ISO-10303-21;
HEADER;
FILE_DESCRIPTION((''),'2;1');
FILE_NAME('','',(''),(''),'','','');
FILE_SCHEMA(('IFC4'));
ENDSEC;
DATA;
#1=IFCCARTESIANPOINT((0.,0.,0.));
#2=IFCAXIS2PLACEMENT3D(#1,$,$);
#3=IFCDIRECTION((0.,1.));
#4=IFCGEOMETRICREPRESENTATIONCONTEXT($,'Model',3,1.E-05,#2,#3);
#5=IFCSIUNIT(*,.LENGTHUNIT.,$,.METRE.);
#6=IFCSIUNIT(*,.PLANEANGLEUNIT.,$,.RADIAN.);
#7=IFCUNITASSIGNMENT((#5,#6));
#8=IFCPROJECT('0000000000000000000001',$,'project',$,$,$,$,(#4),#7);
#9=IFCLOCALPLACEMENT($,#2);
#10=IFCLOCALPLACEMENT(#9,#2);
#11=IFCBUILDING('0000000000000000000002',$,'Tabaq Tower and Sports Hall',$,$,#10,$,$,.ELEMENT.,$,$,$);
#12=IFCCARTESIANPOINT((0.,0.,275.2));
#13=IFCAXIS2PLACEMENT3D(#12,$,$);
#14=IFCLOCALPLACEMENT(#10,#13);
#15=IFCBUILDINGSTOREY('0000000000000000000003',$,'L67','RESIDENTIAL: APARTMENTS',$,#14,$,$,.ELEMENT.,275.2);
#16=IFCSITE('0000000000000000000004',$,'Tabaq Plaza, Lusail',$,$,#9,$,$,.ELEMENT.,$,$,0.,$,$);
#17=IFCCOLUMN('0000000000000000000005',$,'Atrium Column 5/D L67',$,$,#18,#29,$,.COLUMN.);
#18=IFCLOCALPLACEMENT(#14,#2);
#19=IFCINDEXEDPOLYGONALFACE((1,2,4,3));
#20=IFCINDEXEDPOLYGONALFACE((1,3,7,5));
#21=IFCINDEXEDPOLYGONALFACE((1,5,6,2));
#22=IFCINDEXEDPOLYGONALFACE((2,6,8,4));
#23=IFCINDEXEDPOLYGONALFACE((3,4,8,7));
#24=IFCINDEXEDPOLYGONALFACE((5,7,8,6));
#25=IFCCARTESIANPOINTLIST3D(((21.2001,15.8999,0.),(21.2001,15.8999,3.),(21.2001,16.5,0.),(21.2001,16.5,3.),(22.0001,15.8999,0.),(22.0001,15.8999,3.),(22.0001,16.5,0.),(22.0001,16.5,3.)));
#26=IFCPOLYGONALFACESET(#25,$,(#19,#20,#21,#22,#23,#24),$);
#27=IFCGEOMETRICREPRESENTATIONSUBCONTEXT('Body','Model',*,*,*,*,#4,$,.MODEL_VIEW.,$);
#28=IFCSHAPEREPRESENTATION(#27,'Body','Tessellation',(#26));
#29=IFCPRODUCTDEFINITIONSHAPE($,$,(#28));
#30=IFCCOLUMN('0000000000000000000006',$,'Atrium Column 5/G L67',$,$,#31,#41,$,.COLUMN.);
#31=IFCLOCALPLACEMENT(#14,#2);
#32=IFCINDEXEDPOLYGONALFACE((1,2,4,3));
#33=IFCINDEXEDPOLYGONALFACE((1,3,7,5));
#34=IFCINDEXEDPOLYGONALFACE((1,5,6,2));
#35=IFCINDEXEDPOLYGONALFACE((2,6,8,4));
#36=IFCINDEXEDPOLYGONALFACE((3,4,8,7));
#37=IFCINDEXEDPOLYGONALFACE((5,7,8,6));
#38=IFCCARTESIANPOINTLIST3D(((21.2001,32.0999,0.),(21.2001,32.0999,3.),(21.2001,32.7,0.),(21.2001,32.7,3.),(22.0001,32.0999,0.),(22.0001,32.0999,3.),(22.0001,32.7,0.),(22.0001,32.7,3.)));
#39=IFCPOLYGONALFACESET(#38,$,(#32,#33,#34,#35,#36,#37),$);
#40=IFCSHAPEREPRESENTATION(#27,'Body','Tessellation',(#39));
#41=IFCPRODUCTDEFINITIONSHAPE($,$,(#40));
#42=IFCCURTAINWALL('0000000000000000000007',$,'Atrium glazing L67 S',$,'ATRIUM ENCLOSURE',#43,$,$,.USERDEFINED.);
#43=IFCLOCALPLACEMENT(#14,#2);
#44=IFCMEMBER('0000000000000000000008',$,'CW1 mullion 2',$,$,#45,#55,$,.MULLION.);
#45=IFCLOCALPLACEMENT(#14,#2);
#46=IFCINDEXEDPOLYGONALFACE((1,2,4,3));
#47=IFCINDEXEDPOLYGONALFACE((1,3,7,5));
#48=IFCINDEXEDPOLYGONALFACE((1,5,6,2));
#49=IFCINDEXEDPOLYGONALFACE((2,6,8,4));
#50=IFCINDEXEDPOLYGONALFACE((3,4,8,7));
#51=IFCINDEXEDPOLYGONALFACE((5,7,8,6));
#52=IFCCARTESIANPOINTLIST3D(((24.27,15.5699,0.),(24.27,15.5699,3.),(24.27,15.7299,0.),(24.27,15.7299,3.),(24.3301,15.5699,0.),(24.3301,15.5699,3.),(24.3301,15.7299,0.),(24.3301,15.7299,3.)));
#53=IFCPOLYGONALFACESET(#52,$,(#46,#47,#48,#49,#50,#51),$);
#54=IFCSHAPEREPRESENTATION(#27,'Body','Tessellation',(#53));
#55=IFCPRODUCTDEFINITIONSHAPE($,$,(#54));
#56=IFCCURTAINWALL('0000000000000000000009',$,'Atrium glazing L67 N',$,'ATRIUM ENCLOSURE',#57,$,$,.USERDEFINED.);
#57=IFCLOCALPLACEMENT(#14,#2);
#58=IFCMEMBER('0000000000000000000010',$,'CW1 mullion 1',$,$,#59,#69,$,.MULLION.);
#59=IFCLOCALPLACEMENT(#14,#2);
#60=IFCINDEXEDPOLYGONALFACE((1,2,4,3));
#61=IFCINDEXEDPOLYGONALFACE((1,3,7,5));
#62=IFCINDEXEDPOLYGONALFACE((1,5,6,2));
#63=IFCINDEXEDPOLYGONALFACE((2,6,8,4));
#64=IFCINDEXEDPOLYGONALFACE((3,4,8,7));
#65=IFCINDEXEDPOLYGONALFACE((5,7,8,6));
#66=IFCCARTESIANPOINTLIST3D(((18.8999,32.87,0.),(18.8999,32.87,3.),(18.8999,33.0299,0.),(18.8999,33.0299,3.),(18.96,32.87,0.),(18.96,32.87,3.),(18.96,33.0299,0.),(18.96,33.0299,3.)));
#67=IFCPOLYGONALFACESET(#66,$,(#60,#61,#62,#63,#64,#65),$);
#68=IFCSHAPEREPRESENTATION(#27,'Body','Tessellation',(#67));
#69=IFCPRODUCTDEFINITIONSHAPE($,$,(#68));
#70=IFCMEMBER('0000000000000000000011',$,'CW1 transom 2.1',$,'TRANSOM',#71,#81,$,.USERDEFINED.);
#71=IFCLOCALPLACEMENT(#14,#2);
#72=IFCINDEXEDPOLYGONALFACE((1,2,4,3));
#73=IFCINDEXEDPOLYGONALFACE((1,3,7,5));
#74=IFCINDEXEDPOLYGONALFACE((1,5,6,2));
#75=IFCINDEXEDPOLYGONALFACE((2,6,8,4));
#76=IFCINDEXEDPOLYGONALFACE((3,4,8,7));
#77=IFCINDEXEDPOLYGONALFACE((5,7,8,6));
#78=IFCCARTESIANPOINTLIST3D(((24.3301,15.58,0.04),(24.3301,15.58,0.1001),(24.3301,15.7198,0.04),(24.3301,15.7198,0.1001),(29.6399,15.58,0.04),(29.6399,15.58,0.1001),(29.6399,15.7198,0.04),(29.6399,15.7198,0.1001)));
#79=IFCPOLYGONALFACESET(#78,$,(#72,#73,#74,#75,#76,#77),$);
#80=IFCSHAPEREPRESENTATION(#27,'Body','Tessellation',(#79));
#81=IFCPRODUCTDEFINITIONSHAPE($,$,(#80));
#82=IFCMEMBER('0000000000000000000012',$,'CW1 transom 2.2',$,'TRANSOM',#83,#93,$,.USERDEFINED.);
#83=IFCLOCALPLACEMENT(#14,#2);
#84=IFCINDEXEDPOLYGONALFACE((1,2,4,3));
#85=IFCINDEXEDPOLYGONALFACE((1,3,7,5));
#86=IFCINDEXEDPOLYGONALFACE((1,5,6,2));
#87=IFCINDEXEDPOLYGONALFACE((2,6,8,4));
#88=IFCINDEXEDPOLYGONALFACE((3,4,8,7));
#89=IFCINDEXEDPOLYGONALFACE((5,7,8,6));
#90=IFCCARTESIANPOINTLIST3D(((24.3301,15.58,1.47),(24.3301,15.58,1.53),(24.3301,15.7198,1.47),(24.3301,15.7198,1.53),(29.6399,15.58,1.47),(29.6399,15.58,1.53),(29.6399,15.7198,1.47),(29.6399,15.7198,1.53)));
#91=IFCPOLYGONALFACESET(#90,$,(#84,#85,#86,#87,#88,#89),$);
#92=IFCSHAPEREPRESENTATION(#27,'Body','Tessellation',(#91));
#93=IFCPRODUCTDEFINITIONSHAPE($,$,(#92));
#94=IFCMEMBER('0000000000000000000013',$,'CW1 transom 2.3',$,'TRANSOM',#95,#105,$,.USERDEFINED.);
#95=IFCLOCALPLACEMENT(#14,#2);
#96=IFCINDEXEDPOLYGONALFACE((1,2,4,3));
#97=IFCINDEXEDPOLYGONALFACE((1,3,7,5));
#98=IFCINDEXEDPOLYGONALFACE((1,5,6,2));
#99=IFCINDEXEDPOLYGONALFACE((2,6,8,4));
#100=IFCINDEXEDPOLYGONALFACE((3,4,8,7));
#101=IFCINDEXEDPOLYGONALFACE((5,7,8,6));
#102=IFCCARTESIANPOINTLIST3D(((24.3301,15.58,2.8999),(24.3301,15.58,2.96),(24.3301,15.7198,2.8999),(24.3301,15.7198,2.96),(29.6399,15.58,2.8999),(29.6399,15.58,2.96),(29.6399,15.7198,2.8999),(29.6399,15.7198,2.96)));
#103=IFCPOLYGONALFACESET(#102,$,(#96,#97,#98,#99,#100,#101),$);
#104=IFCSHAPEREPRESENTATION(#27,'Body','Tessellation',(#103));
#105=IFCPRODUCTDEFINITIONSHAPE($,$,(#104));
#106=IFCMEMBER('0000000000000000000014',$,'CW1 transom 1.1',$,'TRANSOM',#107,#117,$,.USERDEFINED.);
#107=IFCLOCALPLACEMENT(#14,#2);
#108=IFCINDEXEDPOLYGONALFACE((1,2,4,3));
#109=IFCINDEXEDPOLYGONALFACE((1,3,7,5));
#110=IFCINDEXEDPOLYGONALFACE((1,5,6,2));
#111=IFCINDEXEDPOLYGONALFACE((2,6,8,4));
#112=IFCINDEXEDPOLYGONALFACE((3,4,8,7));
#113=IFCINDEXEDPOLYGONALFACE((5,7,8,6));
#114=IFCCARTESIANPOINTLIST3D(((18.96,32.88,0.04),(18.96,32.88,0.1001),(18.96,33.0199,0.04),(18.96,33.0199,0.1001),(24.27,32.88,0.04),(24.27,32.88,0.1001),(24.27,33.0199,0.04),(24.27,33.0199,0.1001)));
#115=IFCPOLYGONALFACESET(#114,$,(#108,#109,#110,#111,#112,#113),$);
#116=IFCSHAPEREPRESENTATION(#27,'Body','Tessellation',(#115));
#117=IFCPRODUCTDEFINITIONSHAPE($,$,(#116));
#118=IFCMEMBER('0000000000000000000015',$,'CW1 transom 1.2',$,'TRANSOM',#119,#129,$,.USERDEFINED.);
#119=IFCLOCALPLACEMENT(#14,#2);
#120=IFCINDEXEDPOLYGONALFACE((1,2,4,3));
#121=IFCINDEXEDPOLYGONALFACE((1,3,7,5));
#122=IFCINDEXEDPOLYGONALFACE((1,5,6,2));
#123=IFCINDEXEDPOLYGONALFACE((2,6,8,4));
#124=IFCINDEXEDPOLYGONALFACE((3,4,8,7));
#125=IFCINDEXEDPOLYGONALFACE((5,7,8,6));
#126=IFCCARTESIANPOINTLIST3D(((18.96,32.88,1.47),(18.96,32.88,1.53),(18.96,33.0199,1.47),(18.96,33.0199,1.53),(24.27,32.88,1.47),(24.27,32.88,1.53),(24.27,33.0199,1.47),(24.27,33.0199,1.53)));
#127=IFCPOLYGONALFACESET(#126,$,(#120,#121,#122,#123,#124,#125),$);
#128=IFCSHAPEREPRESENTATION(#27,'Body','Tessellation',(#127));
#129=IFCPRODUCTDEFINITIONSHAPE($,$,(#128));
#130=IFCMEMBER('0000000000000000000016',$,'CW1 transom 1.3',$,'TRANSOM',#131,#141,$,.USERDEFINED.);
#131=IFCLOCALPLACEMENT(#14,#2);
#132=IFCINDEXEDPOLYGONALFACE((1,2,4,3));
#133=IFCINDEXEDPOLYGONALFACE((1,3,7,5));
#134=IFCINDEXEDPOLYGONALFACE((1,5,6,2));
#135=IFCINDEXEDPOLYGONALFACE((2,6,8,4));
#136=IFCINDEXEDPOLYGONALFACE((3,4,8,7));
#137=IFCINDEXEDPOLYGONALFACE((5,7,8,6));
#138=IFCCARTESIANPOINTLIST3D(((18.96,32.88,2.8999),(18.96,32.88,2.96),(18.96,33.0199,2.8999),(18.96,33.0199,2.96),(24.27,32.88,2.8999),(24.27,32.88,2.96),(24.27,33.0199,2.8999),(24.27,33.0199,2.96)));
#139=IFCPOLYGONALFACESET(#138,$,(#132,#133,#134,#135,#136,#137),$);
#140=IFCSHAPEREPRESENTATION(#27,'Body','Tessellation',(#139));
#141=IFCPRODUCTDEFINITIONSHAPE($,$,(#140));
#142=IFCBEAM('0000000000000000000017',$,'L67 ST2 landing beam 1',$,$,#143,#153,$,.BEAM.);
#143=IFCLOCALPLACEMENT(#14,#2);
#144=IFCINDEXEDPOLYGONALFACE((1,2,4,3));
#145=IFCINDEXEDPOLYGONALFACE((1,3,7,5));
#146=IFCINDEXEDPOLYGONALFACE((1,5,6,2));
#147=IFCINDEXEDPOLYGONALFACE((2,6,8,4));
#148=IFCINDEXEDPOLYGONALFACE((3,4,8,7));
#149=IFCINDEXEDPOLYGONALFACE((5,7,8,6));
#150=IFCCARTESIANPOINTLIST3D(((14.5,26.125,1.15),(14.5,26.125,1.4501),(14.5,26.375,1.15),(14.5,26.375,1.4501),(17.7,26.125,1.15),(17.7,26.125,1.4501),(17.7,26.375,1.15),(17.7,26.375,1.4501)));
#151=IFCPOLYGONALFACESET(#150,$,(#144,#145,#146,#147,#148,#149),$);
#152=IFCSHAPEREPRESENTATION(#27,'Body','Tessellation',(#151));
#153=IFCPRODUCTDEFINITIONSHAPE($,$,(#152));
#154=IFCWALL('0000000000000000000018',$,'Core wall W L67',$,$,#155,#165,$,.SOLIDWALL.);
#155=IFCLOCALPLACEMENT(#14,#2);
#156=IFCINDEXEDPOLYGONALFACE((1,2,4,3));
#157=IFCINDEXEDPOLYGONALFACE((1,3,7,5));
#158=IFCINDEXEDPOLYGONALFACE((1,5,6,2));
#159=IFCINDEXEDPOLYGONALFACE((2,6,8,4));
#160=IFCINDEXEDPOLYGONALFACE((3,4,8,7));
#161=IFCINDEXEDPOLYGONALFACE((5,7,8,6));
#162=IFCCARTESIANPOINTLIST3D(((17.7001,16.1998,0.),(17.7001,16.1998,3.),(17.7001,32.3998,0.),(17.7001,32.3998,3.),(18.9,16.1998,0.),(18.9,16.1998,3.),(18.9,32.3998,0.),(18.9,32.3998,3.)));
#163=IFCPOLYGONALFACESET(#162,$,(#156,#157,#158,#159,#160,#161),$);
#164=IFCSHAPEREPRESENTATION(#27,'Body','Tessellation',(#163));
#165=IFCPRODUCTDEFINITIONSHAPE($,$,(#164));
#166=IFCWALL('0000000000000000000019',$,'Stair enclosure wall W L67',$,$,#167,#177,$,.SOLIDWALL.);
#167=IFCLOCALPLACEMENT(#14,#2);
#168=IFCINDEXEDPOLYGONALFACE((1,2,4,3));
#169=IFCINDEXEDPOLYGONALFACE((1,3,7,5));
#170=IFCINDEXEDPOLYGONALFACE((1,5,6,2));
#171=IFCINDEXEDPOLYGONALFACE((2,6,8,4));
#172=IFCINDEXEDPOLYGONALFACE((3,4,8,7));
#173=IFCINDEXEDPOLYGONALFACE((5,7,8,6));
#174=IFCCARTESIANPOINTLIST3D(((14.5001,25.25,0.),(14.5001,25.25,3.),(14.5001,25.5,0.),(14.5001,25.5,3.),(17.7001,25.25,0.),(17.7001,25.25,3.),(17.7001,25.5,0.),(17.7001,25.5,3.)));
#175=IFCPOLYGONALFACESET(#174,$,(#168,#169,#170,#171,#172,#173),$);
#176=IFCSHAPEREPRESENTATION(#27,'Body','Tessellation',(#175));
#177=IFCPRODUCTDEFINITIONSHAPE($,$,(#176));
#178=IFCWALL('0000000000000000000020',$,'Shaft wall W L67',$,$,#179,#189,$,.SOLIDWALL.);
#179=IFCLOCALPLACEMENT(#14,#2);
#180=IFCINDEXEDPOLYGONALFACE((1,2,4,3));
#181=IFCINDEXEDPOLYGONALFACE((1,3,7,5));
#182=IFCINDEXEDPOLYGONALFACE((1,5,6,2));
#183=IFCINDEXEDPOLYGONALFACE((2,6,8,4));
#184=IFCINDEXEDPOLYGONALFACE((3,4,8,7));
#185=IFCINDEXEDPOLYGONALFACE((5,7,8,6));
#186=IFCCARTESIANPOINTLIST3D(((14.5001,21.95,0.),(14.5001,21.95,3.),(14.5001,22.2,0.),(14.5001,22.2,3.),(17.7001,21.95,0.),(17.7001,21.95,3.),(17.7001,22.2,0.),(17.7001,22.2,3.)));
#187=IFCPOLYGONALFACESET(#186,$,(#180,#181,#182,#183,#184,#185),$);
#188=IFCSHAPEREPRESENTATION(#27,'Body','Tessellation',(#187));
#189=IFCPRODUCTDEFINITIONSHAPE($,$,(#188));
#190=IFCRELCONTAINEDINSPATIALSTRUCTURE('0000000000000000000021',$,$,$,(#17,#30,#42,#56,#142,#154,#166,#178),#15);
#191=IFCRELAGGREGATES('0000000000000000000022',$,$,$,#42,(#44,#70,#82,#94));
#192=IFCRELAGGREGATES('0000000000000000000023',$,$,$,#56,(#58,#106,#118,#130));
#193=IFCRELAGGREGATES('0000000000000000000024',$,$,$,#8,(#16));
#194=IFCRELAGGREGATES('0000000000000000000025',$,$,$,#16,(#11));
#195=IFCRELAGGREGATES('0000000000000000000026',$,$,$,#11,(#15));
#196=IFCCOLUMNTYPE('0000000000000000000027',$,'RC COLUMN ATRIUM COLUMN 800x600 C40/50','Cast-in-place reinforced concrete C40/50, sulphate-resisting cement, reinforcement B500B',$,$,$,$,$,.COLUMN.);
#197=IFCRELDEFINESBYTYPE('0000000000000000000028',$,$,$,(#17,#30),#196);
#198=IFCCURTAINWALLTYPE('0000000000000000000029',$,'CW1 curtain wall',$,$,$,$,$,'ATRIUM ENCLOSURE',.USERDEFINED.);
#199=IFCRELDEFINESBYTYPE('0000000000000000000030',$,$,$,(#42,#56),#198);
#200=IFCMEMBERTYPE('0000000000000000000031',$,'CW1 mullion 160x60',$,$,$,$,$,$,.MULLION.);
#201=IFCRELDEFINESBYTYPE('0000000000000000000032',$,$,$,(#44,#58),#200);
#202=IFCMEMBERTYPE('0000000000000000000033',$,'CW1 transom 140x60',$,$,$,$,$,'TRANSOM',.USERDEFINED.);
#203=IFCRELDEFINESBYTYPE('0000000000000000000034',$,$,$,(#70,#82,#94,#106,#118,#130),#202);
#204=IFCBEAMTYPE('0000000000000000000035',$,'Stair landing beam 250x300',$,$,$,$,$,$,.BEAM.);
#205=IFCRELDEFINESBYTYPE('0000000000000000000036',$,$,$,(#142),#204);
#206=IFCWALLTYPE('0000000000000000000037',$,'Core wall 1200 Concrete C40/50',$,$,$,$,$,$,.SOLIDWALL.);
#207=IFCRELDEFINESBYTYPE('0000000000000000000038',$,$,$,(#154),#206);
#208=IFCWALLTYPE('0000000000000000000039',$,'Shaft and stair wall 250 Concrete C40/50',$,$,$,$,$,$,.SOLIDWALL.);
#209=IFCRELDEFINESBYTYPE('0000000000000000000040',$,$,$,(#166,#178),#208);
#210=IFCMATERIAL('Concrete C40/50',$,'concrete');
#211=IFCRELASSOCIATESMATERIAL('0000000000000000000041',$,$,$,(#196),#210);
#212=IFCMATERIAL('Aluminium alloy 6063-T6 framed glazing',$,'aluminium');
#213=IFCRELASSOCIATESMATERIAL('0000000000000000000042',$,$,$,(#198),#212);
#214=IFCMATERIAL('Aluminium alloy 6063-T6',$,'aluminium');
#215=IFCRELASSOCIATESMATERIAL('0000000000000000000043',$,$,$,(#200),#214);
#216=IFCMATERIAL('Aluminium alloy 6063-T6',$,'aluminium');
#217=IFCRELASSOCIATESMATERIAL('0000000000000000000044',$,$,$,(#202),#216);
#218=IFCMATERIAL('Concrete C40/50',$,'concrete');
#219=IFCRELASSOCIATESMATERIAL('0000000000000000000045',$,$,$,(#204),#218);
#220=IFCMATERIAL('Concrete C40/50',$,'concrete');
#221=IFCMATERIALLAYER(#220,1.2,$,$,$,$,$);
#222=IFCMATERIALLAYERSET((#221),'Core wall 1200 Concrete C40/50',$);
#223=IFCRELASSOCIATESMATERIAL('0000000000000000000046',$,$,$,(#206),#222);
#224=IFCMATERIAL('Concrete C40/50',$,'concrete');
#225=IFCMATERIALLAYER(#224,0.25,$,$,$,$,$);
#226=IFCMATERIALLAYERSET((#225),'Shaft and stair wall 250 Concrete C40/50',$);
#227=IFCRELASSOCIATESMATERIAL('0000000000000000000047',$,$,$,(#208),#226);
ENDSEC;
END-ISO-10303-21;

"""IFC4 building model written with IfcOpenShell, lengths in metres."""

from ifc_helpers import new_model, si_unit, direction, frame, frame_2d, origin, origin_2d, place, context, subcontext, project, spatial, rectangle, extrude, material, layer, layer_set, material_profile, profile_set, type_object, element, aggregate, save


model = new_model("IFC4")

# Units and contexts
model_context = context("Model", 3, precision=1e-05, world=origin(), true_north=direction((0.0, 1.0)))
body_context = subcontext(model_context, "Body", "Model", "MODEL_VIEW")
ifc_project = project(units=[si_unit("LENGTHUNIT", "METRE"), si_unit("PLANEANGLEUNIT", "RADIAN")], contexts=[model_context])

# Site, building, storey
site_placement = place(None, origin())
site = spatial("IfcSite", under=ifc_project, at=site_placement, Name="Tabaq Plaza, Lusail", CompositionType="ELEMENT", RefElevation=0.0)
building_placement = place(site_placement, origin())
building = spatial("IfcBuilding", under=site, at=building_placement, Name="Tabaq Tower and Sports Hall", CompositionType="ELEMENT")
storey_placement = place(building_placement, frame((0.0, 0.0, 275.2)))
storey = spatial("IfcBuildingStorey", under=building, at=storey_placement, Name="L67", Description="RESIDENTIAL: APARTMENTS", CompositionType="ELEMENT", Elevation=275.2)

# Columns
ifc_material_1 = material(Name="Concrete C40/50", Category="concrete")
ifc_material_profile_1 = material_profile(ifc_material_1, rectangle(XDim=0.8, YDim=0.6001, at=origin_2d()), Name="ATRIUM COLUMN 800x600")
ifc_profile_set_1 = profile_set([ifc_material_profile_1], Name="Concrete C40/50")
column_type = type_object("IfcColumnType", Name="RC COLUMN ATRIUM COLUMN 800x600 C40/50", Description="Cast-in-place reinforced concrete C40/50, sulphate-resisting cement, reinforcement B500B", PredefinedType="COLUMN", material=ifc_profile_set_1)
for number, where, z_axis, x_axis, name in (
    (1, (21.6001, 16.2, 0.0), (0.0, 0.0, 1.0), (1.0, 0.0, 0.0), "Atrium Column 5/D L67"),
    (2, (21.6001, 32.3999, 0.0), (0.0, 0.0, 1.0), (1.0, 0.0, 0.0), "Atrium Column 5/G L67"),
):
    element("IfcColumn", number, at=place(storey_placement, frame(where, z_axis=z_axis, x_axis=x_axis)), inside=storey, type_object=column_type, Name=name, PredefinedType="COLUMN", context=body_context, shape_type="SweptSolid", body=[
        extrude(rectangle(XDim=0.8, YDim=0.6001, at=origin_2d()), origin(), (0.0, 0.0, 1.0), 3.0),
    ])

# Curtain walls, members
ifc_material_2 = material(Name="Aluminium alloy 6063-T6 framed glazing", Category="aluminium")
curtain_wall_type = type_object("IfcCurtainWallType", Name="CW1 curtain wall", ElementType="ATRIUM ENCLOSURE", PredefinedType="USERDEFINED", material=ifc_material_2)
curtain_wall_1_placement = place(storey_placement, origin())
curtain_wall_1 = element("IfcCurtainWall", 3, at=curtain_wall_1_placement, inside=storey, type_object=curtain_wall_type, Name="Atrium glazing L67 S", ObjectType="ATRIUM ENCLOSURE", PredefinedType="USERDEFINED")
ifc_material_3 = material(Name="Aluminium alloy 6063-T6", Category="aluminium")
ifc_material_profile_2 = material_profile(ifc_material_3, rectangle(XDim=0.1599, YDim=0.0601, at=origin_2d()), Name="MULLION 160x60")
ifc_profile_set_2 = profile_set([ifc_material_profile_2], Name="Aluminium alloy 6063-T6")
member_type_1 = type_object("IfcMemberType", Name="CW1 mullion 160x60", PredefinedType="MULLION", material=ifc_profile_set_2)
member_1_placement = place(storey_placement, frame((24.3, 15.6499, 0.0), z_axis=(0.0, 0.0, 1.0), x_axis=(0.0, 1.0, 0.0)))
member_1 = element("IfcMember", 4, at=member_1_placement, type_object=member_type_1, Name="CW1 mullion 2", PredefinedType="MULLION", context=body_context, shape_type="SweptSolid", body=[
    extrude(rectangle(XDim=0.1599, YDim=0.0601, at=origin_2d()), origin(), (0.0, 0.0, 1.0), 3.0),
])
curtain_wall_2_placement = place(storey_placement, origin())
curtain_wall_2 = element("IfcCurtainWall", 5, at=curtain_wall_2_placement, inside=storey, type_object=curtain_wall_type, Name="Atrium glazing L67 N", ObjectType="ATRIUM ENCLOSURE", PredefinedType="USERDEFINED")
member_2_placement = place(storey_placement, frame((18.9299, 32.95, 0.0), z_axis=(0.0, 0.0, 1.0), x_axis=(0.0, 1.0, 0.0)))
member_2 = element("IfcMember", 6, at=member_2_placement, type_object=member_type_1, Name="CW1 mullion 1", PredefinedType="MULLION", context=body_context, shape_type="SweptSolid", body=[
    extrude(rectangle(XDim=0.1599, YDim=0.0601, at=origin_2d()), origin(), (0.0, 0.0, 1.0), 3.0),
])

# Members
ifc_material_4 = material(Name="Aluminium alloy 6063-T6", Category="aluminium")
ifc_material_profile_3 = material_profile(ifc_material_4, rectangle(XDim=0.1399, YDim=0.0601, at=origin_2d()), Name="TRANSOM 140x60")
ifc_profile_set_3 = profile_set([ifc_material_profile_3], Name="Aluminium alloy 6063-T6")
member_type_2 = type_object("IfcMemberType", Name="CW1 transom 140x60", ElementType="TRANSOM", PredefinedType="USERDEFINED", material=ifc_profile_set_3)
member_3_placement = place(storey_placement, frame((24.3301, 15.6499, 0.0701), z_axis=(1.0, 0.0, 0.0), x_axis=(0.0, 1.0, 0.0)))
member_3 = element("IfcMember", 7, at=member_3_placement, type_object=member_type_2, Name="CW1 transom 2.1", ObjectType="TRANSOM", PredefinedType="USERDEFINED", context=body_context, shape_type="SweptSolid", body=[
    extrude(rectangle(XDim=0.1399, YDim=0.0601, at=origin_2d()), origin(), (0.0, 0.0, 1.0), 5.3098),
])
member_4_placement = place(storey_placement, frame((24.3301, 15.6499, 1.5), z_axis=(1.0, 0.0, 0.0), x_axis=(0.0, 1.0, 0.0)))
member_4 = element("IfcMember", 8, at=member_4_placement, type_object=member_type_2, Name="CW1 transom 2.2", ObjectType="TRANSOM", PredefinedType="USERDEFINED", context=body_context, shape_type="SweptSolid", body=[
    extrude(rectangle(XDim=0.1399, YDim=0.0601, at=origin_2d()), origin(), (0.0, 0.0, 1.0), 5.3098),
])
member_5_placement = place(storey_placement, frame((24.3301, 15.6499, 2.9299), z_axis=(1.0, 0.0, 0.0), x_axis=(0.0, 1.0, 0.0)))
member_5 = element("IfcMember", 9, at=member_5_placement, type_object=member_type_2, Name="CW1 transom 2.3", ObjectType="TRANSOM", PredefinedType="USERDEFINED", context=body_context, shape_type="SweptSolid", body=[
    extrude(rectangle(XDim=0.1399, YDim=0.0601, at=origin_2d()), origin(), (0.0, 0.0, 1.0), 5.3098),
])
aggregate(curtain_wall_1, [member_1, member_3, member_4, member_5])
member_6_placement = place(storey_placement, frame((18.96, 32.95, 0.0701), z_axis=(1.0, 0.0, 0.0), x_axis=(0.0, 1.0, 0.0)))
member_6 = element("IfcMember", 10, at=member_6_placement, type_object=member_type_2, Name="CW1 transom 1.1", ObjectType="TRANSOM", PredefinedType="USERDEFINED", context=body_context, shape_type="SweptSolid", body=[
    extrude(rectangle(XDim=0.1399, YDim=0.0601, at=origin_2d()), origin(), (0.0, 0.0, 1.0), 5.3101),
])
member_7_placement = place(storey_placement, frame((18.96, 32.95, 1.5), z_axis=(1.0, 0.0, 0.0), x_axis=(0.0, 1.0, 0.0)))
member_7 = element("IfcMember", 11, at=member_7_placement, type_object=member_type_2, Name="CW1 transom 1.2", ObjectType="TRANSOM", PredefinedType="USERDEFINED", context=body_context, shape_type="SweptSolid", body=[
    extrude(rectangle(XDim=0.1399, YDim=0.0601, at=origin_2d()), origin(), (0.0, 0.0, 1.0), 5.3101),
])
member_8_placement = place(storey_placement, frame((18.96, 32.95, 2.9299), z_axis=(1.0, 0.0, 0.0), x_axis=(0.0, 1.0, 0.0)))
member_8 = element("IfcMember", 12, at=member_8_placement, type_object=member_type_2, Name="CW1 transom 1.3", ObjectType="TRANSOM", PredefinedType="USERDEFINED", context=body_context, shape_type="SweptSolid", body=[
    extrude(rectangle(XDim=0.1399, YDim=0.0601, at=origin_2d()), origin(), (0.0, 0.0, 1.0), 5.3101),
])
aggregate(curtain_wall_2, [member_2, member_6, member_7, member_8])

# Beam
ifc_material_5 = material(Name="Concrete C40/50", Category="concrete")
ifc_material_profile_4 = material_profile(ifc_material_5, rectangle(XDim=0.25, YDim=0.3, at=origin_2d()), Name="RC 250x300")
ifc_profile_set_4 = profile_set([ifc_material_profile_4], Name="Concrete C40/50")
beam_type = type_object("IfcBeamType", Name="Stair landing beam 250x300", PredefinedType="BEAM", material=ifc_profile_set_4)
beam_placement = place(storey_placement, frame((14.5, 26.25, 1.3), z_axis=(1.0, 0.0, 0.0), x_axis=(0.0, 1.0, 0.0)))
element("IfcBeam", 13, at=beam_placement, inside=storey, type_object=beam_type, Name="L67 ST2 landing beam 1", PredefinedType="BEAM", context=body_context, shape_type="SweptSolid", body=[
    extrude(rectangle(XDim=0.25, YDim=0.3, at=origin_2d()), origin(), (0.0, 0.0, 1.0), 3.2),
])

# Wall
ifc_material_6 = material(Name="Concrete C40/50", Category="concrete")
ifc_layer_1 = layer(ifc_material_6, 1.2)
ifc_layer_set_1 = layer_set([ifc_layer_1], Name="Core wall 1200 Concrete C40/50")
wall_type_1 = type_object("IfcWallType", Name="Core wall 1200 Concrete C40/50", PredefinedType="SOLIDWALL", material=ifc_layer_set_1)
wall_1_placement = place(storey_placement, frame((18.3, 32.3999, 0.0), z_axis=(0.0, 0.0, 1.0), x_axis=(0.0, -1.0, 0.0)))
element("IfcWall", 14, at=wall_1_placement, inside=storey, type_object=wall_type_1, Name="Core wall W L67", PredefinedType="SOLIDWALL", context=body_context, shape_type="SweptSolid", body=[
    extrude(rectangle(XDim=16.2, YDim=1.2, at=frame_2d((8.1001, 0.0))), origin(), (0.0, 0.0, 1.0), 3.0),
])

# Walls
ifc_material_7 = material(Name="Concrete C40/50", Category="concrete")
ifc_layer_2 = layer(ifc_material_7, 0.25)
ifc_layer_set_2 = layer_set([ifc_layer_2], Name="Shaft and stair wall 250 Concrete C40/50")
wall_type_2 = type_object("IfcWallType", Name="Shaft and stair wall 250 Concrete C40/50", PredefinedType="SOLIDWALL", material=ifc_layer_set_2)
for number, where, z_axis, x_axis, name in (
    (15, (14.5, 25.375, 0.0), (0.0, 0.0, 1.0), (1.0, 0.0, 0.0), "Stair enclosure wall W L67"),
    (16, (14.5, 22.075, 0.0), (0.0, 0.0, 1.0), (1.0, 0.0, 0.0), "Shaft wall W L67"),
):
    element("IfcWall", number, at=place(storey_placement, frame(where, z_axis=z_axis, x_axis=x_axis)), inside=storey, type_object=wall_type_2, Name=name, PredefinedType="SOLIDWALL", context=body_context, shape_type="SweptSolid", body=[
        extrude(rectangle(XDim=3.2, YDim=0.25, at=frame_2d((1.6001, 0.0))), origin(), (0.0, 0.0, 1.0), 3.0),
    ])

save(model, "model.ifc")
